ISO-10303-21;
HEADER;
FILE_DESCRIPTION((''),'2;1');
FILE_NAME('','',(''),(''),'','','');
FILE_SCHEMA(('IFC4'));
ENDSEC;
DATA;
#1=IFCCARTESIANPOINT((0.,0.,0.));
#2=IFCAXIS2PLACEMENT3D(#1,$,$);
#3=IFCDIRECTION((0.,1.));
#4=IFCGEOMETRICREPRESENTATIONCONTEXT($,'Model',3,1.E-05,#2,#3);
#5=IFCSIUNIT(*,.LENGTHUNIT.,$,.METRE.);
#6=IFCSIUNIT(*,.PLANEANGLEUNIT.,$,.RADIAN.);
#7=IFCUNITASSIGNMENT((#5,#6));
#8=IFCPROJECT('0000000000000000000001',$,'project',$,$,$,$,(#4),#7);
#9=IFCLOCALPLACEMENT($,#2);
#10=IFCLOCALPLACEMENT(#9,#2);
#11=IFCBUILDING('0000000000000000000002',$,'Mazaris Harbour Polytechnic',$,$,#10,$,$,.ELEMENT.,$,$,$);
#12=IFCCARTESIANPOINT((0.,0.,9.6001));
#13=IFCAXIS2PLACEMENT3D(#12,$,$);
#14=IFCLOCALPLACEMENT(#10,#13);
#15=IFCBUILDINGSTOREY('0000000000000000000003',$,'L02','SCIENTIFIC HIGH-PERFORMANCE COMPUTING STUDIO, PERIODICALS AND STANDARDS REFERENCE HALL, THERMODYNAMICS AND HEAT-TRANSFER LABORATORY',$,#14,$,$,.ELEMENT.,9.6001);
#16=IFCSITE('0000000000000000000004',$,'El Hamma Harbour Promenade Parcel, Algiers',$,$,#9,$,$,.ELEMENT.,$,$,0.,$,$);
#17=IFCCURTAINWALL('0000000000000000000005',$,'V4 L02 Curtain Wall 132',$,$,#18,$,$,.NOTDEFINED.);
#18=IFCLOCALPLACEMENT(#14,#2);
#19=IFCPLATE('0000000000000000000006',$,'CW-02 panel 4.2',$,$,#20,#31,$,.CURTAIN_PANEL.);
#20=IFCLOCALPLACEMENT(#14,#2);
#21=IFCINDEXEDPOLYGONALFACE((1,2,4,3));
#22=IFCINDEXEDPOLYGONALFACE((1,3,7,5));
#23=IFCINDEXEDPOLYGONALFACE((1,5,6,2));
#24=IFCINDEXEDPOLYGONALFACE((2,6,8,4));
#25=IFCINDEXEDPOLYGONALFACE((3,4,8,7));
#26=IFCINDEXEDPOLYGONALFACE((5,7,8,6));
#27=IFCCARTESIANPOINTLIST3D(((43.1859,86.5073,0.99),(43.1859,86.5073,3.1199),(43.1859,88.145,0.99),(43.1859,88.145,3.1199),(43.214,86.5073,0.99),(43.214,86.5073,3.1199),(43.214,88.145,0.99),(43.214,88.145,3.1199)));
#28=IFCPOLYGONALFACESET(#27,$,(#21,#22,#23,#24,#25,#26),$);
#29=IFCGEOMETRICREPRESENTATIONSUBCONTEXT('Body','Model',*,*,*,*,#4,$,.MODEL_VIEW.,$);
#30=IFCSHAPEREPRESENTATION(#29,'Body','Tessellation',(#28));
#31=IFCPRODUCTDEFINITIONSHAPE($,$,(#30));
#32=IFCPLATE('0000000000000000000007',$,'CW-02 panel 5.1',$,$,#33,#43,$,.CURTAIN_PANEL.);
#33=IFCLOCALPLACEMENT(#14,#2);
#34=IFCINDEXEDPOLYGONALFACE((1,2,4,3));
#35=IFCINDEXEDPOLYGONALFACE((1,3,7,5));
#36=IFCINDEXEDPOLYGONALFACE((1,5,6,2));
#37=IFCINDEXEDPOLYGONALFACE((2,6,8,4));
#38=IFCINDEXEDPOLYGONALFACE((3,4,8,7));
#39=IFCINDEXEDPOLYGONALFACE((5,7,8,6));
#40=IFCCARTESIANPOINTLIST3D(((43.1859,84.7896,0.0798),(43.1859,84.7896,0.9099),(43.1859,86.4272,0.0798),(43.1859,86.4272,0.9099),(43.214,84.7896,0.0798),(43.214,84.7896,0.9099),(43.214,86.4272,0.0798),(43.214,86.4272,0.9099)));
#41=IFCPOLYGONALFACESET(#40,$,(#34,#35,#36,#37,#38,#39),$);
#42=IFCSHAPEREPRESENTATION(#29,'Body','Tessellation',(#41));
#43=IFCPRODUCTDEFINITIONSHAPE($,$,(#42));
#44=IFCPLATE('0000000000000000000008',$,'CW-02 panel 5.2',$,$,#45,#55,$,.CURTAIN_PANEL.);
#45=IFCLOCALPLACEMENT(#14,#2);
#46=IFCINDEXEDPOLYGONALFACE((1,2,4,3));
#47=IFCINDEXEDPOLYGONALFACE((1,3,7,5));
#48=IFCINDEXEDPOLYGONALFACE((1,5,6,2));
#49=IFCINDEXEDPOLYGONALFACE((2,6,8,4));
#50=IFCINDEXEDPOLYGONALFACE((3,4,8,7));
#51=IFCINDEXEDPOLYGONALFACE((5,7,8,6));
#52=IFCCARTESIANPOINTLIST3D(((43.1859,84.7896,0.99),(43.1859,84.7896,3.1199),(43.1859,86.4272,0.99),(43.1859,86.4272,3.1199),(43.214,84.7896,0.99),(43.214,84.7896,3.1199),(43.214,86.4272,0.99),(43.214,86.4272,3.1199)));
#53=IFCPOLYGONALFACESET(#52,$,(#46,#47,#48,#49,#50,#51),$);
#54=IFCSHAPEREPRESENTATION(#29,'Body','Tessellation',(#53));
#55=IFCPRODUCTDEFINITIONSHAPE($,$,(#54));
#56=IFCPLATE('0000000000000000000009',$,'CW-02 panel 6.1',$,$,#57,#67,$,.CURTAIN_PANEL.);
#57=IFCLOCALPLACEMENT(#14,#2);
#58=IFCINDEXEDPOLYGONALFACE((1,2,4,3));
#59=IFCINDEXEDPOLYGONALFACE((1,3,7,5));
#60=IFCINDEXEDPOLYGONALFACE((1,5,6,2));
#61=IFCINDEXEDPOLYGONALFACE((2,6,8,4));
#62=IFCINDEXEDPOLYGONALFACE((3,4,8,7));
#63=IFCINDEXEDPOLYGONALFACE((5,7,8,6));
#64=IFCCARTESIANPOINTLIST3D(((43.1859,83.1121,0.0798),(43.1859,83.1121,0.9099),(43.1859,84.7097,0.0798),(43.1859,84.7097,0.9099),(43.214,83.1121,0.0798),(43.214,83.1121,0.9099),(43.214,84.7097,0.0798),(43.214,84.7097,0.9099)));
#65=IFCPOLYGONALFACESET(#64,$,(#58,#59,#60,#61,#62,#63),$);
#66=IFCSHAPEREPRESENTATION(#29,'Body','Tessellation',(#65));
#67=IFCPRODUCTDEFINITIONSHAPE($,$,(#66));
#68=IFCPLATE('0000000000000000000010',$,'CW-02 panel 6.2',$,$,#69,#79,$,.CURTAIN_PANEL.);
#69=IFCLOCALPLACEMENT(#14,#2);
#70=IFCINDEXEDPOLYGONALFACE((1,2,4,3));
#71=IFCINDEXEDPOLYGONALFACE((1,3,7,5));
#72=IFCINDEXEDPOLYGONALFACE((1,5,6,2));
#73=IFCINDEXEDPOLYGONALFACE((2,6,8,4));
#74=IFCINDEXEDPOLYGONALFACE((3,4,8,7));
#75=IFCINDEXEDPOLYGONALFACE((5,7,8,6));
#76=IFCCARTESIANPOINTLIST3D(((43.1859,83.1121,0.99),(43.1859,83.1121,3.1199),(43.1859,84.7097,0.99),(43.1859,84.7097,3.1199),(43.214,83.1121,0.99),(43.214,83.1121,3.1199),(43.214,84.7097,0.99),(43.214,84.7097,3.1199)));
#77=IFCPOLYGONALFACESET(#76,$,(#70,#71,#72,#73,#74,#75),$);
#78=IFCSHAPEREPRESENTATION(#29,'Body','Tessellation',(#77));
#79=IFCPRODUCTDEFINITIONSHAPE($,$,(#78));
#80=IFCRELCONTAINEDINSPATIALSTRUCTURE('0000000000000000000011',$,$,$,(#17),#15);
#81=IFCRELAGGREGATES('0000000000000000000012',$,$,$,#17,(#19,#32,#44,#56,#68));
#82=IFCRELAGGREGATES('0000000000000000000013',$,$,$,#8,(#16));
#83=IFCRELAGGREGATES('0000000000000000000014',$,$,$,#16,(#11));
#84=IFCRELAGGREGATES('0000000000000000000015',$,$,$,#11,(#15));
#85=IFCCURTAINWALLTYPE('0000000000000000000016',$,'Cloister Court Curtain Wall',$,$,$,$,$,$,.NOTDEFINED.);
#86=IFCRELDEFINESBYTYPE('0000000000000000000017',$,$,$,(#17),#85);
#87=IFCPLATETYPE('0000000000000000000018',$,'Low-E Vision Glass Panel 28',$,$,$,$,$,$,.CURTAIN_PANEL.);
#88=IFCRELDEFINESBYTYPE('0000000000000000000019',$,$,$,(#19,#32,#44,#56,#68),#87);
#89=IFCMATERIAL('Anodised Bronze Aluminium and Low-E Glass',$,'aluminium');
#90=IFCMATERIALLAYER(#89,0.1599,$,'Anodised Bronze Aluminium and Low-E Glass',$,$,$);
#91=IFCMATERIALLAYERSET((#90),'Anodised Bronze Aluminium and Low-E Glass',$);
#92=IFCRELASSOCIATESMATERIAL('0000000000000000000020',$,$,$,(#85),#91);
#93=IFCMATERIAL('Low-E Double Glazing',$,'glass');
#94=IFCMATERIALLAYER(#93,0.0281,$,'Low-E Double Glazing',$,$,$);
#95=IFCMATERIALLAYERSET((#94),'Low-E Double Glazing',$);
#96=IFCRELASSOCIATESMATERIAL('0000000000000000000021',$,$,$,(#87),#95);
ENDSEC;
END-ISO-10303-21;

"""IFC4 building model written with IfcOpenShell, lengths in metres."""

from ifc_helpers import new_model, si_unit, direction, frame, origin, origin_2d, place, context, subcontext, project, spatial, rectangle, extrude, material, layer, layer_set, type_object, element, aggregate, save


model = new_model("IFC4")

# Units and contexts
model_context = context("Model", 3, precision=1e-05, world=origin(), true_north=direction((0.0, 1.0)))
body_context = subcontext(model_context, "Body", "Model", "MODEL_VIEW")
ifc_project = project(units=[si_unit("LENGTHUNIT", "METRE"), si_unit("PLANEANGLEUNIT", "RADIAN")], contexts=[model_context])

# Site, building, storey
site_placement = place(None, origin())
site = spatial("IfcSite", under=ifc_project, at=site_placement, Name="El Hamma Harbour Promenade Parcel, Algiers", CompositionType="ELEMENT", RefElevation=0.0)
building_placement = place(site_placement, origin())
building = spatial("IfcBuilding", under=site, at=building_placement, Name="Mazaris Harbour Polytechnic", CompositionType="ELEMENT")
storey_placement = place(building_placement, frame((0.0, 0.0, 9.6001)))
storey = spatial("IfcBuildingStorey", under=building, at=storey_placement, Name="L02", Description="SCIENTIFIC HIGH-PERFORMANCE COMPUTING STUDIO, PERIODICALS AND STANDARDS REFERENCE HALL, THERMODYNAMICS AND HEAT-TRANSFER LABORATORY", CompositionType="ELEMENT", Elevation=9.6001)

# Curtain wall
ifc_material_1 = material(Name="Anodised Bronze Aluminium and Low-E Glass", Category="aluminium")
ifc_layer_1 = layer(ifc_material_1, 0.1599, Name="Anodised Bronze Aluminium and Low-E Glass")
ifc_layer_set_1 = layer_set([ifc_layer_1], Name="Anodised Bronze Aluminium and Low-E Glass")
curtain_wall_type = type_object("IfcCurtainWallType", Name="Cloister Court Curtain Wall", PredefinedType="NOTDEFINED", material=ifc_layer_set_1)
curtain_wall_placement = place(storey_placement, origin())
curtain_wall = element("IfcCurtainWall", 1, at=curtain_wall_placement, inside=storey, type_object=curtain_wall_type, Name="V4 L02 Curtain Wall 132", PredefinedType="NOTDEFINED")

# Plates
ifc_material_2 = material(Name="Low-E Double Glazing", Category="glass")
ifc_layer_2 = layer(ifc_material_2, 0.0281, Name="Low-E Double Glazing")
ifc_layer_set_2 = layer_set([ifc_layer_2], Name="Low-E Double Glazing")
plate_type = type_object("IfcPlateType", Name="Low-E Vision Glass Panel 28", PredefinedType="CURTAIN_PANEL", material=ifc_layer_set_2)
plate_1_placement = place(storey_placement, frame((43.2, 87.3262, 0.99), z_axis=(0.0, 0.0, 1.0), x_axis=(0.0, -1.0, 0.0)))
plate_1 = element("IfcPlate", 2, at=plate_1_placement, type_object=plate_type, Name="CW-02 panel 4.2", PredefinedType="CURTAIN_PANEL", context=body_context, shape_type="SweptSolid", body=[
    extrude(rectangle(XDim=1.6377, YDim=0.0281, at=origin_2d()), origin(), (0.0, 0.0, 1.0), 2.1299),
])
plate_2_placement = place(storey_placement, frame((43.2, 85.6084, 0.0798), z_axis=(0.0, 0.0, 1.0), x_axis=(0.0, -1.0, 0.0)))
plate_2 = element("IfcPlate", 3, at=plate_2_placement, type_object=plate_type, Name="CW-02 panel 5.1", PredefinedType="CURTAIN_PANEL", context=body_context, shape_type="SweptSolid", body=[
    extrude(rectangle(XDim=1.6377, YDim=0.0281, at=origin_2d()), origin(), (0.0, 0.0, 1.0), 0.8301),
])
plate_3_placement = place(storey_placement, frame((43.2, 85.6084, 0.99), z_axis=(0.0, 0.0, 1.0), x_axis=(0.0, -1.0, 0.0)))
plate_3 = element("IfcPlate", 4, at=plate_3_placement, type_object=plate_type, Name="CW-02 panel 5.2", PredefinedType="CURTAIN_PANEL", context=body_context, shape_type="SweptSolid", body=[
    extrude(rectangle(XDim=1.6377, YDim=0.0281, at=origin_2d()), origin(), (0.0, 0.0, 1.0), 2.1299),
])
plate_4_placement = place(storey_placement, frame((43.2, 83.9109, 0.0798), z_axis=(0.0, 0.0, 1.0), x_axis=(0.0, -1.0, 0.0)))
plate_4 = element("IfcPlate", 5, at=plate_4_placement, type_object=plate_type, Name="CW-02 panel 6.1", PredefinedType="CURTAIN_PANEL", context=body_context, shape_type="SweptSolid", body=[
    extrude(rectangle(XDim=1.5977, YDim=0.0281, at=origin_2d()), origin(), (0.0, 0.0, 1.0), 0.8301),
])
plate_5_placement = place(storey_placement, frame((43.2, 83.9109, 0.99), z_axis=(0.0, 0.0, 1.0), x_axis=(0.0, -1.0, 0.0)))
plate_5 = element("IfcPlate", 6, at=plate_5_placement, type_object=plate_type, Name="CW-02 panel 6.2", PredefinedType="CURTAIN_PANEL", context=body_context, shape_type="SweptSolid", body=[
    extrude(rectangle(XDim=1.5977, YDim=0.0281, at=origin_2d()), origin(), (0.0, 0.0, 1.0), 2.1299),
])
aggregate(curtain_wall, [plate_1, plate_2, plate_3, plate_4, plate_5])

save(model, "model.ifc")
